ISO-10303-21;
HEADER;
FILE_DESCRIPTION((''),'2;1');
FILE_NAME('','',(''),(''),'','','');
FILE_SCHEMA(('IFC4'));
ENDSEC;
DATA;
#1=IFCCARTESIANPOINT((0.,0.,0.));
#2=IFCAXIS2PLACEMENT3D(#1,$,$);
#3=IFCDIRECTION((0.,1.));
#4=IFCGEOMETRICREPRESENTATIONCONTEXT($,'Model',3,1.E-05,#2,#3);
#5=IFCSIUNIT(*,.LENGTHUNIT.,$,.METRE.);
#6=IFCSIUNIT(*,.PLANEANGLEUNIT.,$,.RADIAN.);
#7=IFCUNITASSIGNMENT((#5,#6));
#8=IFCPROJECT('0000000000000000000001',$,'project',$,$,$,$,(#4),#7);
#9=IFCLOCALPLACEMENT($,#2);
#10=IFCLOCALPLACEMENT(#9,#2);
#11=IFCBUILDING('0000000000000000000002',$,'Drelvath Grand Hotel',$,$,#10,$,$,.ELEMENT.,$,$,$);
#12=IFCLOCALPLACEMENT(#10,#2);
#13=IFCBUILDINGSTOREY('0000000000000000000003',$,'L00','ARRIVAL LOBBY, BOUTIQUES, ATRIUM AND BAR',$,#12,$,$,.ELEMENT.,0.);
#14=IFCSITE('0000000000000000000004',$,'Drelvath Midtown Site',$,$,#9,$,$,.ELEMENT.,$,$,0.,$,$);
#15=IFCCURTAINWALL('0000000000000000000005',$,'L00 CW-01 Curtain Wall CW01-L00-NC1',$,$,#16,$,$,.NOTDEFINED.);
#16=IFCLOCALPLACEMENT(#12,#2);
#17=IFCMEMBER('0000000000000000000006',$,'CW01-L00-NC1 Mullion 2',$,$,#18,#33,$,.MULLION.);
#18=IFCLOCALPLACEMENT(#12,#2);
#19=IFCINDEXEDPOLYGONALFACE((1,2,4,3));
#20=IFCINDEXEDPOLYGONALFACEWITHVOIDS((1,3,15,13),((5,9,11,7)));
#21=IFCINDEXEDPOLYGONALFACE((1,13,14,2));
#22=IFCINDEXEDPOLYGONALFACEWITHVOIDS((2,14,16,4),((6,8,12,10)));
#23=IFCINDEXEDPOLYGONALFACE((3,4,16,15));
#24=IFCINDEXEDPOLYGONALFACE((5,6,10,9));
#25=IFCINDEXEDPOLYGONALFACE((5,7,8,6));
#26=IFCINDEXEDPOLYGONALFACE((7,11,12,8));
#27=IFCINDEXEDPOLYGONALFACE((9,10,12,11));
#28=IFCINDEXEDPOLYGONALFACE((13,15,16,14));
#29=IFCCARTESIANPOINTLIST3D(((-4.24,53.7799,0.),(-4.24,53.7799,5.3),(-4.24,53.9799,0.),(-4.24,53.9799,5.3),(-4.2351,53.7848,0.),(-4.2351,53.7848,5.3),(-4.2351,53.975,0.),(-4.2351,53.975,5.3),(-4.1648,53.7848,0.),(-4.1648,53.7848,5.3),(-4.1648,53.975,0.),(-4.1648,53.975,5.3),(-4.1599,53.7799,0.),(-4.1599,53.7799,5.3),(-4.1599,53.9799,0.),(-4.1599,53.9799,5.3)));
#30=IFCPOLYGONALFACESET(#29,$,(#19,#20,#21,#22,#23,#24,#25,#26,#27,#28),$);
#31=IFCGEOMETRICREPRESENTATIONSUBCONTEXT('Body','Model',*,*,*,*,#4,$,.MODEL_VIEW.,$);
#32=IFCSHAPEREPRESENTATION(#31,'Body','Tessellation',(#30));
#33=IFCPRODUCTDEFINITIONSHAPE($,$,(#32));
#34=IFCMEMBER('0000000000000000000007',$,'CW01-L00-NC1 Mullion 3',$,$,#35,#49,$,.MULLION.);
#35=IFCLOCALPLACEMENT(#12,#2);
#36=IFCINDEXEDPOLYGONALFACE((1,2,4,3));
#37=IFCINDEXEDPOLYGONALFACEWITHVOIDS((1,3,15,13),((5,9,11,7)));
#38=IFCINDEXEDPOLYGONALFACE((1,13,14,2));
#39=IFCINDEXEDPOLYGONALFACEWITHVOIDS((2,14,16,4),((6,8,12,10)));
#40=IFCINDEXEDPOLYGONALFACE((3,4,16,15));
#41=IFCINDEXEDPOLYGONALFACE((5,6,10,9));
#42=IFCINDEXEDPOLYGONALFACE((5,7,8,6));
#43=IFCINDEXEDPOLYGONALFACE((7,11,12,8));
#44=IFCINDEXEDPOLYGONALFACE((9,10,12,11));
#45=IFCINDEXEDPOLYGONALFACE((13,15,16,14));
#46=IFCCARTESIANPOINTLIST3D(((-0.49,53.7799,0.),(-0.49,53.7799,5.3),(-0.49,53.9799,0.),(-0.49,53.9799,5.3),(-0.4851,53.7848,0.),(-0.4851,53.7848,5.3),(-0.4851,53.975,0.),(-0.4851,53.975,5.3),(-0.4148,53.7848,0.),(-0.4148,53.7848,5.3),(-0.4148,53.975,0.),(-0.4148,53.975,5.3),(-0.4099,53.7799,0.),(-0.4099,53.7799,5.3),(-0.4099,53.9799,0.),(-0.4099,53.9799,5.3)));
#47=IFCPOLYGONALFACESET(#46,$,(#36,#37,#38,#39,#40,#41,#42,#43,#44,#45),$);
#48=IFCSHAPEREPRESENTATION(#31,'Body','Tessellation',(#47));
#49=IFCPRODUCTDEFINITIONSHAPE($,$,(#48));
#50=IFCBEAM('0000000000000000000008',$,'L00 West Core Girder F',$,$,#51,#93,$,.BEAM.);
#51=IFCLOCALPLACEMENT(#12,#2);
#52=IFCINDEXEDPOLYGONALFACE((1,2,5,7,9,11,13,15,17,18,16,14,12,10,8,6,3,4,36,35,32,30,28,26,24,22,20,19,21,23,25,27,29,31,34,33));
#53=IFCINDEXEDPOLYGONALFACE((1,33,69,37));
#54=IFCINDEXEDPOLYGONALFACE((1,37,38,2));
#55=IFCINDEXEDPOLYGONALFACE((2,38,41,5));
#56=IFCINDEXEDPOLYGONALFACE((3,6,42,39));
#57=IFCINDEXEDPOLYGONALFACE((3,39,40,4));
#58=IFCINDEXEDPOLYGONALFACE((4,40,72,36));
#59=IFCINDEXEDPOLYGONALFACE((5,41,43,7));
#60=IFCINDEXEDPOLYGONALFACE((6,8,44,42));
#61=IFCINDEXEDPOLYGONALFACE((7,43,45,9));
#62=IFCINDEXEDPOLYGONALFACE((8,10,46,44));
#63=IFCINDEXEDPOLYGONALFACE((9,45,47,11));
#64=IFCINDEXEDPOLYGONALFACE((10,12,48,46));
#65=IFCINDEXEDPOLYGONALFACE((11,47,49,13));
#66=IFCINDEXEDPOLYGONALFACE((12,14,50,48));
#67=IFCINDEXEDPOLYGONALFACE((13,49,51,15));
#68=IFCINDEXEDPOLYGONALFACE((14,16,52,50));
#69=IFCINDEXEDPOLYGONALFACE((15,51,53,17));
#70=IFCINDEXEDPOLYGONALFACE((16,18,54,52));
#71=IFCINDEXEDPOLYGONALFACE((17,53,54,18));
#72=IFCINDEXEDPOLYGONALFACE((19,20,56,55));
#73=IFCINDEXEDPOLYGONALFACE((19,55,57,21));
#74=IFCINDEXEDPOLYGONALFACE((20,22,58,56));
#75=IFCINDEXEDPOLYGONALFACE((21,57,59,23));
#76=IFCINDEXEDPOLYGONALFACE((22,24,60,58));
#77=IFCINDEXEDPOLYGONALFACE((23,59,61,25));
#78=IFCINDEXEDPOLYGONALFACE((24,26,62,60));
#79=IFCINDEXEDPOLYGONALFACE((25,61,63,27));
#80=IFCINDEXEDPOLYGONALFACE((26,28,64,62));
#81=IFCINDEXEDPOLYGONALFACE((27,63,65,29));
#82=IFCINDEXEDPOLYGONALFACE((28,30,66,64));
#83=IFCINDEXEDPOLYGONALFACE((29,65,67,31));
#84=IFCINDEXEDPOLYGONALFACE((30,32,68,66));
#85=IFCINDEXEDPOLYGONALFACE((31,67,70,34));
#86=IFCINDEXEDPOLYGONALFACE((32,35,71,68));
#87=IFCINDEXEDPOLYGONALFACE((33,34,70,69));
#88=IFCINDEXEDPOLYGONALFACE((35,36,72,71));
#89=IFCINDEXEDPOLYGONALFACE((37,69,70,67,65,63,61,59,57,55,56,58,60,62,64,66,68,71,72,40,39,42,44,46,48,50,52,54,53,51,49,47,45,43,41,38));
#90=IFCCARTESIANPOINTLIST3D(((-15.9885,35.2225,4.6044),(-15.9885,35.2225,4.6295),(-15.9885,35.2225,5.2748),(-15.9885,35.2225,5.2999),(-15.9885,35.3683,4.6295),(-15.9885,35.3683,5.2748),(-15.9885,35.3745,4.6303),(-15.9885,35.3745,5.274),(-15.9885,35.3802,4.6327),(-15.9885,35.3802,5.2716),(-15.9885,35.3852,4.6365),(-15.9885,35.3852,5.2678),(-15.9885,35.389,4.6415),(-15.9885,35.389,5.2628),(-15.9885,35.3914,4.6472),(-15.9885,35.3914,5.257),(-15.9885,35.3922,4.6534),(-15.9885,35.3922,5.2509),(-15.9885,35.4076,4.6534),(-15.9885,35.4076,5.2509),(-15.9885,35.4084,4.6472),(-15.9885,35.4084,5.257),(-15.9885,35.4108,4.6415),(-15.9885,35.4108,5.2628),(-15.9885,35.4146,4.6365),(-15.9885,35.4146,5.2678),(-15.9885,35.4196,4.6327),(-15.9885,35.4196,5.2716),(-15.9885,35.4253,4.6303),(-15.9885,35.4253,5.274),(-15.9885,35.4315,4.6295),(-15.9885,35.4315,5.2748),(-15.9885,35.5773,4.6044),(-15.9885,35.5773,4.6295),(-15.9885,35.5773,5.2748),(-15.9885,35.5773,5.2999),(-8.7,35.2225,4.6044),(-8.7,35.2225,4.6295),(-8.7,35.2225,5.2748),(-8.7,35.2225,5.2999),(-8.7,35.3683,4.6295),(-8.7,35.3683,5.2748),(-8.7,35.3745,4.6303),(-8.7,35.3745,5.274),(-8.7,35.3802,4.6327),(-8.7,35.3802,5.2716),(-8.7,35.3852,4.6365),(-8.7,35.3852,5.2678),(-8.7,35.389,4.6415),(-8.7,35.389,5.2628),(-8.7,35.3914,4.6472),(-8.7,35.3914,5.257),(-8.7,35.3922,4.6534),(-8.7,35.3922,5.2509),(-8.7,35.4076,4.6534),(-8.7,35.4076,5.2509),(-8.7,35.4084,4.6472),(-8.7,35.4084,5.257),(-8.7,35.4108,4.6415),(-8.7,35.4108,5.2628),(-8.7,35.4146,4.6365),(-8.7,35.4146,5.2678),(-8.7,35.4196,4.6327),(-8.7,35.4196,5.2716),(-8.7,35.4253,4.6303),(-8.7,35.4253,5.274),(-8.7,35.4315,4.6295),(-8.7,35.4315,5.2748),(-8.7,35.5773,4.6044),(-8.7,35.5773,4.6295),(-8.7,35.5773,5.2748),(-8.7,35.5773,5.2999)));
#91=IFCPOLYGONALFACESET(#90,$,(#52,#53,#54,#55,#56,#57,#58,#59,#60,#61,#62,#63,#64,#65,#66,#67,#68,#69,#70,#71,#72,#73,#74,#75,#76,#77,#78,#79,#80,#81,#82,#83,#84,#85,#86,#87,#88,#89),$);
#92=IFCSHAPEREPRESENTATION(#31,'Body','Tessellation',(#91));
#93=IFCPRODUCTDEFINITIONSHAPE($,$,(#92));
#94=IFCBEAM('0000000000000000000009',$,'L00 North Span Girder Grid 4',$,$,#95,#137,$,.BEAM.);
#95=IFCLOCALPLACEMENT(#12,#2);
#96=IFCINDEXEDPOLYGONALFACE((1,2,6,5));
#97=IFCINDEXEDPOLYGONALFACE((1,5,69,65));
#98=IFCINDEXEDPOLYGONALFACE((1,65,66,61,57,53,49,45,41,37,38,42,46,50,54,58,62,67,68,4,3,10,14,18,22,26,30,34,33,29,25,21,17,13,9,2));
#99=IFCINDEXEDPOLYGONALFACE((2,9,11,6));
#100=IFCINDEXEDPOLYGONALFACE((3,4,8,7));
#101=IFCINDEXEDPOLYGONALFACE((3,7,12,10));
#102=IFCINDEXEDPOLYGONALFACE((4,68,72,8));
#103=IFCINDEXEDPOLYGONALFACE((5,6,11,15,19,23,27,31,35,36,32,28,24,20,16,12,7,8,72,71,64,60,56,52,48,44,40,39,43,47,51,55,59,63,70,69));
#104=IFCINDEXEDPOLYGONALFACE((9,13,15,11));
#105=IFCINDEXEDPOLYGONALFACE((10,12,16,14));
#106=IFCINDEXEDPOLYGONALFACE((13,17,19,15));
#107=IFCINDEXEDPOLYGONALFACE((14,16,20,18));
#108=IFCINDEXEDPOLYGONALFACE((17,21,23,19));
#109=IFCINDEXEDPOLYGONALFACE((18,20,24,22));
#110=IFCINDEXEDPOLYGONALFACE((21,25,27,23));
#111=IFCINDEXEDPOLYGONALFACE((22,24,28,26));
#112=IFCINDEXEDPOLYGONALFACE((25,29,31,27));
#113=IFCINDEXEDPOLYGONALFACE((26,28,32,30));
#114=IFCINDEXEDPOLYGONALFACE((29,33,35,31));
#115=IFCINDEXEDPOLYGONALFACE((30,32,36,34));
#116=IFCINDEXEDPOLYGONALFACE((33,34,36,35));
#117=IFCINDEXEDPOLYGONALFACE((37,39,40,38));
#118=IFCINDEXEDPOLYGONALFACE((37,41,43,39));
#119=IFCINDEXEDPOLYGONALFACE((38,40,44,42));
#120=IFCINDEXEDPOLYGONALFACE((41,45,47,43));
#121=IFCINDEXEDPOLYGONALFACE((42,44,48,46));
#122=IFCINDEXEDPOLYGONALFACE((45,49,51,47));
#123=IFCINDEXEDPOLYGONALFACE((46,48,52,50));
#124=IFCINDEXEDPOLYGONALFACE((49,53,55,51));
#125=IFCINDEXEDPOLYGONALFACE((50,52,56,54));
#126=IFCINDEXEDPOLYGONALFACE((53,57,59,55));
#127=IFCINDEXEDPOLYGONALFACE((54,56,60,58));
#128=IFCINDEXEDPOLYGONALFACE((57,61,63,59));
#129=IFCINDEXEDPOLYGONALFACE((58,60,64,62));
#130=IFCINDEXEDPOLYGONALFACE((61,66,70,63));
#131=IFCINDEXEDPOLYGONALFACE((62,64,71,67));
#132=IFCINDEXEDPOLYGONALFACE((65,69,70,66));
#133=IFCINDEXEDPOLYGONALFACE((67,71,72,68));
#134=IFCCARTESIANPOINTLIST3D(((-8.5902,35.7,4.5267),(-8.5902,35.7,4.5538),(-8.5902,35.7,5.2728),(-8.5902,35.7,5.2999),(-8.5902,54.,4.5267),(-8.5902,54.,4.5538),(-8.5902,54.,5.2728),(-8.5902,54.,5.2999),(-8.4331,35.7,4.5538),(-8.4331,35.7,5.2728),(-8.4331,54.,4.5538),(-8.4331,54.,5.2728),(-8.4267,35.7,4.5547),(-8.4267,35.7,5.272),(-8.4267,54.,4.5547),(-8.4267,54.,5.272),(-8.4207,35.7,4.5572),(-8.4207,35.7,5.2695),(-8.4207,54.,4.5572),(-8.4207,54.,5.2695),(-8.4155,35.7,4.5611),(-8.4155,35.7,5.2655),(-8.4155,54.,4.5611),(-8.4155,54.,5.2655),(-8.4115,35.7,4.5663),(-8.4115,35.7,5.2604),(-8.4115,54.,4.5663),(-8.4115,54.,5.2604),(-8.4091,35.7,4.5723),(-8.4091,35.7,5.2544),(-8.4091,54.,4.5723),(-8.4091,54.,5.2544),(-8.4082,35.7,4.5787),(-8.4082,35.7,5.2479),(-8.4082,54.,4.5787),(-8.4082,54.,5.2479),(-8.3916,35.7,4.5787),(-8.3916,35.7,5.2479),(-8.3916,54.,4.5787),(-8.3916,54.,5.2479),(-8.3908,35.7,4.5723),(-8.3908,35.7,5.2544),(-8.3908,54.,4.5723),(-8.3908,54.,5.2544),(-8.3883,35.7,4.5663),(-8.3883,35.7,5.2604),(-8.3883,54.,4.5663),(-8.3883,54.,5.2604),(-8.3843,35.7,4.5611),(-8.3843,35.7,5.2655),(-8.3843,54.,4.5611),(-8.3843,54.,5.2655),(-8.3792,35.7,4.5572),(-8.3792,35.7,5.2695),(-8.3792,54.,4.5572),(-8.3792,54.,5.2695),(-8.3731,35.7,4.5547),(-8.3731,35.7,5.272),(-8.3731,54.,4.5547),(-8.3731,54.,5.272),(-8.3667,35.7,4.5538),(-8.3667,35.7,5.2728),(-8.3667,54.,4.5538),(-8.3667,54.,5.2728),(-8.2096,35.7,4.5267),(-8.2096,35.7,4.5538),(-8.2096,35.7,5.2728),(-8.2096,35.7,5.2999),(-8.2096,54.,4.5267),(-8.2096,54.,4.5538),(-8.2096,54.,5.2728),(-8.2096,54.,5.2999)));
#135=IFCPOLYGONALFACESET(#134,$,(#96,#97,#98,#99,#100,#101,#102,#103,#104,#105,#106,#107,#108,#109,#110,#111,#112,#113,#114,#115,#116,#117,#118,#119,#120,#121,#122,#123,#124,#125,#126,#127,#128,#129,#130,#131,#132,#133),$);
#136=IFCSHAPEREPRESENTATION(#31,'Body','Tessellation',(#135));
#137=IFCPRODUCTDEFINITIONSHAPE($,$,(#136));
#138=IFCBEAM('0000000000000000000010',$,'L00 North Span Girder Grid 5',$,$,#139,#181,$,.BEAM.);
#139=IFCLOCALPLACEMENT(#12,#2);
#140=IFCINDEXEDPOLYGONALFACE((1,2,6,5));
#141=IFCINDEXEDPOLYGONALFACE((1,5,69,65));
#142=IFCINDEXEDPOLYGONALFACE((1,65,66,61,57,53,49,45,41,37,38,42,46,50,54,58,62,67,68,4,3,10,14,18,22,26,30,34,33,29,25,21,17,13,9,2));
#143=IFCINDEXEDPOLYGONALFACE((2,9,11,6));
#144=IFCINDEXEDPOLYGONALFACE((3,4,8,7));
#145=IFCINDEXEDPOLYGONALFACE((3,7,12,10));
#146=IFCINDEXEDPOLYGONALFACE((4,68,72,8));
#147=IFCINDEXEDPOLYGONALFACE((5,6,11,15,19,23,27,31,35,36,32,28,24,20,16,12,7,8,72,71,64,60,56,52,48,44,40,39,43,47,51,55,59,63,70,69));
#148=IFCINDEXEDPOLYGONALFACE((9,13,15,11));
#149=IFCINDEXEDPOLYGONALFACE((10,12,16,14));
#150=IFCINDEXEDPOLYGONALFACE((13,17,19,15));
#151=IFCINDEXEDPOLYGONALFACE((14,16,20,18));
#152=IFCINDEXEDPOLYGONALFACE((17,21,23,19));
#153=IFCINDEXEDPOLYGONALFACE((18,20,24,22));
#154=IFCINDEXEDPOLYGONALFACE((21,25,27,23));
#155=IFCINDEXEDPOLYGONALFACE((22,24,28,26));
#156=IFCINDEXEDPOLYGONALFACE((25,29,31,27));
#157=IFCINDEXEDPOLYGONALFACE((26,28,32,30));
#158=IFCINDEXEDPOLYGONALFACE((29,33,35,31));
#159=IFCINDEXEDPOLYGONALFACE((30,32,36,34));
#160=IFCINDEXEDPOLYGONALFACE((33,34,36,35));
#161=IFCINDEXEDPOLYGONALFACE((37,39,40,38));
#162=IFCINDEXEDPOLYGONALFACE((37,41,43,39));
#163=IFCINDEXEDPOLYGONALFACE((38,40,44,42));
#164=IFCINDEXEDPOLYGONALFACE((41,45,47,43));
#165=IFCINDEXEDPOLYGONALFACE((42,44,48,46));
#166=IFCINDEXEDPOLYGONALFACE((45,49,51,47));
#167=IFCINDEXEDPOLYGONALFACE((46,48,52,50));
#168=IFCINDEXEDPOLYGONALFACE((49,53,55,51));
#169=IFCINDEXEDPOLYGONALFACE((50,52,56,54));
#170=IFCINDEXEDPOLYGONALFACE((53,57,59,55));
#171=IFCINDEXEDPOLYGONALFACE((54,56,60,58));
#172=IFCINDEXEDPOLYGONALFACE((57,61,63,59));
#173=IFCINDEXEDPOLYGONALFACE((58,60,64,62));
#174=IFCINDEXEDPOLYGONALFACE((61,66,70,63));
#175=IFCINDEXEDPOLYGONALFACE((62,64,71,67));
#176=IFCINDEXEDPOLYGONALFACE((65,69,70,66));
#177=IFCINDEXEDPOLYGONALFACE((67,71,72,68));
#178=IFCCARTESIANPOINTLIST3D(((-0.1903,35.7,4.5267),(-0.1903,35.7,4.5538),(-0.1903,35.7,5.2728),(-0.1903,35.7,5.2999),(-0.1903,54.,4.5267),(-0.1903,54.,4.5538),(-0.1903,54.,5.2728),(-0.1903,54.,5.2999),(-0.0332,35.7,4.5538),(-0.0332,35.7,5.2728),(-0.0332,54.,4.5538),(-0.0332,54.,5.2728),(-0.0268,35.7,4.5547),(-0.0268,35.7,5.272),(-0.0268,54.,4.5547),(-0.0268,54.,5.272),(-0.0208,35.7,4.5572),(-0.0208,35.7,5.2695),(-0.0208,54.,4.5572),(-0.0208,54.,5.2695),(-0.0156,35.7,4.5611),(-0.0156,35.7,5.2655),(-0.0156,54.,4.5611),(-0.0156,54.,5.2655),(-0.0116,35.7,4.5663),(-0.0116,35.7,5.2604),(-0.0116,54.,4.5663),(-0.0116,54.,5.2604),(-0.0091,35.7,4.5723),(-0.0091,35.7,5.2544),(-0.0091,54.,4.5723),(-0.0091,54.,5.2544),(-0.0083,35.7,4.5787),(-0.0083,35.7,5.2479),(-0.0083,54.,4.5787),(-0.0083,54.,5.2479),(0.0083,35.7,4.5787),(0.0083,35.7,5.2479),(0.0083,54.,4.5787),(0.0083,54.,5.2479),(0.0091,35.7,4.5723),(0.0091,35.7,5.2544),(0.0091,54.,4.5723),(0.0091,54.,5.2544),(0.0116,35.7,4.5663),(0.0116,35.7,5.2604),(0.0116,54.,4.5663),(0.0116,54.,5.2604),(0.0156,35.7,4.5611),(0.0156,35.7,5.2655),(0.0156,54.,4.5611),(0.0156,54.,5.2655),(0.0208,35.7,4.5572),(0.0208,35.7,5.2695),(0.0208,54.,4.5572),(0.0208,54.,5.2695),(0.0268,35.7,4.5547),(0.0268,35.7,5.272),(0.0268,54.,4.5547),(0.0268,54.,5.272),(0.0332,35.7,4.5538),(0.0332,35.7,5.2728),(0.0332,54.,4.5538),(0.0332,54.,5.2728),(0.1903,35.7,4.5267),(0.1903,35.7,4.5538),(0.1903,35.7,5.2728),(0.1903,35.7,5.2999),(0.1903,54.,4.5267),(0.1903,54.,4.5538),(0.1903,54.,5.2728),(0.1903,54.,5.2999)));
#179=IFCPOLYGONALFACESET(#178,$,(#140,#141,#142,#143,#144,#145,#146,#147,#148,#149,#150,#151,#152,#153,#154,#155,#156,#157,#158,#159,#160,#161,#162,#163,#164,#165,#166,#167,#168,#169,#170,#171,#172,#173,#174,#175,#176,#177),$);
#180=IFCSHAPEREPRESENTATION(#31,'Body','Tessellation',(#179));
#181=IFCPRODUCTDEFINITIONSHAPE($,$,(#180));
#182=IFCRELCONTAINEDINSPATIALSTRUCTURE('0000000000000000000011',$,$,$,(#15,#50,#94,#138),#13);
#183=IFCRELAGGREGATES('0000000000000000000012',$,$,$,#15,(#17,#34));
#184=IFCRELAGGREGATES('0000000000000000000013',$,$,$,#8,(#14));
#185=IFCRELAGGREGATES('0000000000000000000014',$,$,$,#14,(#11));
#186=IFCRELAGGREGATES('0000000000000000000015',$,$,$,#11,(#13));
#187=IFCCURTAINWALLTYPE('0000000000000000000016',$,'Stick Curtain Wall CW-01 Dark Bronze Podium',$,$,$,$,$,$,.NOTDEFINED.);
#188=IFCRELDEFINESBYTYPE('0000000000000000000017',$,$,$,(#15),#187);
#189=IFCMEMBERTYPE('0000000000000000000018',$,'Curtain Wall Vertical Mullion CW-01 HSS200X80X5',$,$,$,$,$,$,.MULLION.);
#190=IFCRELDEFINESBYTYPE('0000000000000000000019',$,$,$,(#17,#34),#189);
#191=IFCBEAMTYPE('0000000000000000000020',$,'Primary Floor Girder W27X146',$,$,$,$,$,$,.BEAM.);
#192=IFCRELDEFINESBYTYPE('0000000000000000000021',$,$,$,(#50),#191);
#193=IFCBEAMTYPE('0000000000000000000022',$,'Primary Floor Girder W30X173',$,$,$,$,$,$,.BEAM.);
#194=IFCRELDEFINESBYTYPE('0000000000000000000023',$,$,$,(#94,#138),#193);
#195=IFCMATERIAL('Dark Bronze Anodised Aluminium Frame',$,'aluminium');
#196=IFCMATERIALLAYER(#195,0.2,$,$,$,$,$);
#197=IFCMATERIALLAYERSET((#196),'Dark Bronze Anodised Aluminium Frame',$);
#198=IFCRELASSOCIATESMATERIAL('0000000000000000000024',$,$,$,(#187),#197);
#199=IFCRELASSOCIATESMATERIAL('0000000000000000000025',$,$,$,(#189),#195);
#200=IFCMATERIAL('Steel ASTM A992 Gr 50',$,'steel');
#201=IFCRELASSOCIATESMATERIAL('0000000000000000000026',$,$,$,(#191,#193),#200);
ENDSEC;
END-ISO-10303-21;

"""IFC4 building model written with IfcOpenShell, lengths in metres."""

from ifc_helpers import new_model, si_unit, direction, frame, origin, origin_2d, place, context, subcontext, project, spatial, hollow_rectangle, i_section, extrude, material, layer, layer_set, material_profile, profile_set, type_object, element, aggregate, save


model = new_model("IFC4")

# Units and contexts
model_context = context("Model", 3, precision=1e-05, world=origin(), true_north=direction((0.0, 1.0)))
body_context = subcontext(model_context, "Body", "Model", "MODEL_VIEW")
ifc_project = project(units=[si_unit("LENGTHUNIT", "METRE"), si_unit("PLANEANGLEUNIT", "RADIAN")], contexts=[model_context])

# Site, building, storey
site_placement = place(None, origin())
site = spatial("IfcSite", under=ifc_project, at=site_placement, Name="Drelvath Midtown Site", CompositionType="ELEMENT", RefElevation=0.0)
building_placement = place(site_placement, origin())
building = spatial("IfcBuilding", under=site, at=building_placement, Name="Drelvath Grand Hotel", CompositionType="ELEMENT")
storey_placement = place(building_placement, origin())
storey = spatial("IfcBuildingStorey", under=building, at=storey_placement, Name="L00", Description="ARRIVAL LOBBY, BOUTIQUES, ATRIUM AND BAR", CompositionType="ELEMENT", Elevation=0.0)

# Curtain wall, members
ifc_material_1 = material(Name="Dark Bronze Anodised Aluminium Frame", Category="aluminium")
ifc_layer_1 = layer(ifc_material_1, 0.2)
ifc_layer_set_1 = layer_set([ifc_layer_1], Name="Dark Bronze Anodised Aluminium Frame")
curtain_wall_type = type_object("IfcCurtainWallType", Name="Stick Curtain Wall CW-01 Dark Bronze Podium", PredefinedType="NOTDEFINED", material=ifc_layer_set_1)
curtain_wall_placement = place(storey_placement, origin())
curtain_wall = element("IfcCurtainWall", 1, at=curtain_wall_placement, inside=storey, type_object=curtain_wall_type, Name="L00 CW-01 Curtain Wall CW01-L00-NC1", PredefinedType="NOTDEFINED")
ifc_material_profile_1 = material_profile(ifc_material_1, hollow_rectangle(XDim=0.0801, YDim=0.2, WallThickness=0.0049, at=origin_2d()), Name="HSS200X80X5")
ifc_profile_set_1 = profile_set([ifc_material_profile_1], Name="Dark Bronze Anodised Aluminium Frame")
member_type_1 = type_object("IfcMemberType", Name="Curtain Wall Vertical Mullion CW-01 HSS200X80X5", PredefinedType="MULLION", material=ifc_profile_set_1)
member_1_placement = place(storey_placement, frame((-4.2, 53.8799, 0.0), z_axis=(0.0, 0.0, 1.0), x_axis=(1.0, 0.0, 0.0)))
member_1 = element("IfcMember", 2, at=member_1_placement, type_object=member_type_1, Name="CW01-L00-NC1 Mullion 2", PredefinedType="MULLION", context=body_context, shape_type="SweptSolid", body=[
    extrude(hollow_rectangle(XDim=0.0801, YDim=0.2, WallThickness=0.0049, at=origin_2d()), origin(), (0.0, 0.0, 1.0), 5.3),
])
member_2_placement = place(storey_placement, frame((-0.45, 53.8799, 0.0), z_axis=(0.0, 0.0, 1.0), x_axis=(1.0, 0.0, 0.0)))
member_2 = element("IfcMember", 3, at=member_2_placement, type_object=member_type_1, Name="CW01-L00-NC1 Mullion 3", PredefinedType="MULLION", context=body_context, shape_type="SweptSolid", body=[
    extrude(hollow_rectangle(XDim=0.0801, YDim=0.2, WallThickness=0.0049, at=origin_2d()), origin(), (0.0, 0.0, 1.0), 5.3),
])

# Beams
ifc_material_2 = material(Name="Steel ASTM A992 Gr 50", Category="steel")
ifc_material_profile_2 = material_profile(ifc_material_2, i_section(OverallWidth=0.3547, OverallDepth=0.6956, WebThickness=0.0154, FlangeThickness=0.0251, FilletRadius=0.0239, at=origin_2d()), Name="W27X146")
ifc_profile_set_2 = profile_set([ifc_material_profile_2], Name="Steel ASTM A992 Gr 50")
beam_type_1 = type_object("IfcBeamType", Name="Primary Floor Girder W27X146", PredefinedType="BEAM", material=ifc_profile_set_2)
beam_1_placement = place(storey_placement, frame((-15.9885, 35.3999, 4.9521), z_axis=(1.0, 0.0, 0.0), x_axis=(0.0, 1.0, 0.0)))
element("IfcBeam", 4, at=beam_1_placement, inside=storey, type_object=beam_type_1, Name="L00 West Core Girder F", PredefinedType="BEAM", context=body_context, shape_type="SweptSolid", body=[
    extrude(i_section(OverallWidth=0.3547, OverallDepth=0.6956, WebThickness=0.0154, FlangeThickness=0.0251, FilletRadius=0.0239, at=origin_2d()), origin(), (0.0, 0.0, 1.0), 7.2886),
])
ifc_material_profile_3 = material_profile(ifc_material_2, i_section(OverallWidth=0.3806, OverallDepth=0.7732, WebThickness=0.0166, FlangeThickness=0.0271, FilletRadius=0.0249, at=origin_2d()), Name="W30X173")
ifc_profile_set_3 = profile_set([ifc_material_profile_3], Name="Steel ASTM A992 Gr 50")
beam_type_2 = type_object("IfcBeamType", Name="Primary Floor Girder W30X173", PredefinedType="BEAM", material=ifc_profile_set_3)
for number, where, z_axis, x_axis, name in (
    (5, (-8.3999, 35.7, 4.9133), (0.0, 1.0, 0.0), (-1.0, 0.0, 0.0), "L00 North Span Girder Grid 4"),
    (6, (0.0, 35.7, 4.9133), (0.0, 1.0, 0.0), (-1.0, 0.0, 0.0), "L00 North Span Girder Grid 5"),
):
    element("IfcBeam", number, at=place(storey_placement, frame(where, z_axis=z_axis, x_axis=x_axis)), inside=storey, type_object=beam_type_2, Name=name, PredefinedType="BEAM", context=body_context, shape_type="SweptSolid", body=[
        extrude(i_section(OverallWidth=0.3806, OverallDepth=0.7732, WebThickness=0.0166, FlangeThickness=0.0271, FilletRadius=0.0249, at=origin_2d()), origin(), (0.0, 0.0, 1.0), 18.3),
    ])

aggregate(curtain_wall, [member_1, member_2])

save(model, "model.ifc")
